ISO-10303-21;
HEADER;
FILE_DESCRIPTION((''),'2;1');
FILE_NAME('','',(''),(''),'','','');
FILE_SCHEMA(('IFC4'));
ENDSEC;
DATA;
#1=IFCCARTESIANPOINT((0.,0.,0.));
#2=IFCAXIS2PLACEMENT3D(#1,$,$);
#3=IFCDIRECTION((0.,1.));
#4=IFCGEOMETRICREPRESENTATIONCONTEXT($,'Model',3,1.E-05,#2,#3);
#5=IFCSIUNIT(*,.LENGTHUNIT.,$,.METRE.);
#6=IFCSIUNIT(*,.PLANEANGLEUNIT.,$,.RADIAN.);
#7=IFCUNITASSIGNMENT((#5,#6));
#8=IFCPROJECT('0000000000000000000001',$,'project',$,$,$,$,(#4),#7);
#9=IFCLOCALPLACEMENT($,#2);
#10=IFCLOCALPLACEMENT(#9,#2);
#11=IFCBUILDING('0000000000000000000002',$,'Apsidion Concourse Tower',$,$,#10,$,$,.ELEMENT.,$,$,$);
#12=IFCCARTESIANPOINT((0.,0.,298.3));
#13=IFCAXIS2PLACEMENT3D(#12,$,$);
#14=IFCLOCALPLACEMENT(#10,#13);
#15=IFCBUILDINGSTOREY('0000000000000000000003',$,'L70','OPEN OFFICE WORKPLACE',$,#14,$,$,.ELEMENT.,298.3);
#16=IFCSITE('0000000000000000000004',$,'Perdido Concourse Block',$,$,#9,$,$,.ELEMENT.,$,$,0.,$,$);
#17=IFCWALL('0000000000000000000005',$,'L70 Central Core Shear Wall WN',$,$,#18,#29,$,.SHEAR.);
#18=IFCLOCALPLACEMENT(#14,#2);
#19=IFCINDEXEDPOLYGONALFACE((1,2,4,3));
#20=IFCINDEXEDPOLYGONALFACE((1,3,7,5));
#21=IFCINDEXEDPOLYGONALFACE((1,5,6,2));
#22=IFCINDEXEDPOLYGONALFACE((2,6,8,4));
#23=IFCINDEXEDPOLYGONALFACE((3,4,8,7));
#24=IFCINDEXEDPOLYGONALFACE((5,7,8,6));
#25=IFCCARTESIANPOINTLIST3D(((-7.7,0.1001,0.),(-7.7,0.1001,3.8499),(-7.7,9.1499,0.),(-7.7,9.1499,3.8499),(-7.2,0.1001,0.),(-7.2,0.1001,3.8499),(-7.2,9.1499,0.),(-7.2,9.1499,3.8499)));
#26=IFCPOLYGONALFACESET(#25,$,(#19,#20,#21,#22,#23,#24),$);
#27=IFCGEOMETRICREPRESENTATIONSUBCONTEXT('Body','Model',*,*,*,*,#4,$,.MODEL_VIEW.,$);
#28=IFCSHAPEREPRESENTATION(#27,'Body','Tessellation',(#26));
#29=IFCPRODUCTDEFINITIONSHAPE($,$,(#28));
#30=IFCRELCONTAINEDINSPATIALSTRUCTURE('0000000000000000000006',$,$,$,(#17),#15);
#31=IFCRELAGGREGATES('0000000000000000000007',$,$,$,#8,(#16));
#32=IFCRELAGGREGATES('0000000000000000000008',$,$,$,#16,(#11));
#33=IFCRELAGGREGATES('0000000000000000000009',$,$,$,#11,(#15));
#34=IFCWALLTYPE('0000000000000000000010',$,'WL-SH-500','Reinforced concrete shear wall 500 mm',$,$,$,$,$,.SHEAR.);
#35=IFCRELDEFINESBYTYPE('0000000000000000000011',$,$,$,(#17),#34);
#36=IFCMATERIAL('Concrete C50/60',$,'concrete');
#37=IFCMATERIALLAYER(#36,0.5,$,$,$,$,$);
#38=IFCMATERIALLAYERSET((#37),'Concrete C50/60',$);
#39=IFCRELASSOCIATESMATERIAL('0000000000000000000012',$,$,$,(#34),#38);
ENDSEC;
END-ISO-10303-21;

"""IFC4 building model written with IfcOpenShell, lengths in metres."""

from ifc_helpers import new_model, si_unit, direction, frame, frame_2d, origin, place, context, subcontext, project, spatial, rectangle, extrude, material, layer, layer_set, type_object, element, save


model = new_model("IFC4")

# Units and contexts
model_context = context("Model", 3, precision=1e-05, world=origin(), true_north=direction((0.0, 1.0)))
body_context = subcontext(model_context, "Body", "Model", "MODEL_VIEW")
ifc_project = project(units=[si_unit("LENGTHUNIT", "METRE"), si_unit("PLANEANGLEUNIT", "RADIAN")], contexts=[model_context])

# Site, building, storey
site_placement = place(None, origin())
site = spatial("IfcSite", under=ifc_project, at=site_placement, Name="Perdido Concourse Block", CompositionType="ELEMENT", RefElevation=0.0)
building_placement = place(site_placement, origin())
building = spatial("IfcBuilding", under=site, at=building_placement, Name="Apsidion Concourse Tower", CompositionType="ELEMENT")
storey_placement = place(building_placement, frame((0.0, 0.0, 298.3)))
storey = spatial("IfcBuildingStorey", under=building, at=storey_placement, Name="L70", Description="OPEN OFFICE WORKPLACE", CompositionType="ELEMENT", Elevation=298.3)

# Shared definitions
ifc_material_1 = material(Name="Concrete C50/60", Category="concrete")

# Wall
ifc_layer_1 = layer(ifc_material_1, 0.5)
ifc_layer_set_1 = layer_set([ifc_layer_1], Name="Concrete C50/60")
wall_type_1 = type_object("IfcWallType", Name="WL-SH-500", Description="Reinforced concrete shear wall 500 mm", PredefinedType="SHEAR", material=ifc_layer_set_1)
wall_1_placement = place(storey_placement, frame((-7.45, 0.1001, 0.0), z_axis=(0.0, 0.0, 1.0), x_axis=(0.0, 1.0, 0.0)))
element("IfcWall", 1, at=wall_1_placement, inside=storey, type_object=wall_type_1, Name="L70 Central Core Shear Wall WN", PredefinedType="SHEAR", context=body_context, shape_type="SweptSolid", body=[
    extrude(rectangle(XDim=9.0498, YDim=0.5, at=frame_2d((4.5249, 0.0))), origin(), (0.0, 0.0, 1.0), 3.8499),
])

save(model, "model.ifc")
